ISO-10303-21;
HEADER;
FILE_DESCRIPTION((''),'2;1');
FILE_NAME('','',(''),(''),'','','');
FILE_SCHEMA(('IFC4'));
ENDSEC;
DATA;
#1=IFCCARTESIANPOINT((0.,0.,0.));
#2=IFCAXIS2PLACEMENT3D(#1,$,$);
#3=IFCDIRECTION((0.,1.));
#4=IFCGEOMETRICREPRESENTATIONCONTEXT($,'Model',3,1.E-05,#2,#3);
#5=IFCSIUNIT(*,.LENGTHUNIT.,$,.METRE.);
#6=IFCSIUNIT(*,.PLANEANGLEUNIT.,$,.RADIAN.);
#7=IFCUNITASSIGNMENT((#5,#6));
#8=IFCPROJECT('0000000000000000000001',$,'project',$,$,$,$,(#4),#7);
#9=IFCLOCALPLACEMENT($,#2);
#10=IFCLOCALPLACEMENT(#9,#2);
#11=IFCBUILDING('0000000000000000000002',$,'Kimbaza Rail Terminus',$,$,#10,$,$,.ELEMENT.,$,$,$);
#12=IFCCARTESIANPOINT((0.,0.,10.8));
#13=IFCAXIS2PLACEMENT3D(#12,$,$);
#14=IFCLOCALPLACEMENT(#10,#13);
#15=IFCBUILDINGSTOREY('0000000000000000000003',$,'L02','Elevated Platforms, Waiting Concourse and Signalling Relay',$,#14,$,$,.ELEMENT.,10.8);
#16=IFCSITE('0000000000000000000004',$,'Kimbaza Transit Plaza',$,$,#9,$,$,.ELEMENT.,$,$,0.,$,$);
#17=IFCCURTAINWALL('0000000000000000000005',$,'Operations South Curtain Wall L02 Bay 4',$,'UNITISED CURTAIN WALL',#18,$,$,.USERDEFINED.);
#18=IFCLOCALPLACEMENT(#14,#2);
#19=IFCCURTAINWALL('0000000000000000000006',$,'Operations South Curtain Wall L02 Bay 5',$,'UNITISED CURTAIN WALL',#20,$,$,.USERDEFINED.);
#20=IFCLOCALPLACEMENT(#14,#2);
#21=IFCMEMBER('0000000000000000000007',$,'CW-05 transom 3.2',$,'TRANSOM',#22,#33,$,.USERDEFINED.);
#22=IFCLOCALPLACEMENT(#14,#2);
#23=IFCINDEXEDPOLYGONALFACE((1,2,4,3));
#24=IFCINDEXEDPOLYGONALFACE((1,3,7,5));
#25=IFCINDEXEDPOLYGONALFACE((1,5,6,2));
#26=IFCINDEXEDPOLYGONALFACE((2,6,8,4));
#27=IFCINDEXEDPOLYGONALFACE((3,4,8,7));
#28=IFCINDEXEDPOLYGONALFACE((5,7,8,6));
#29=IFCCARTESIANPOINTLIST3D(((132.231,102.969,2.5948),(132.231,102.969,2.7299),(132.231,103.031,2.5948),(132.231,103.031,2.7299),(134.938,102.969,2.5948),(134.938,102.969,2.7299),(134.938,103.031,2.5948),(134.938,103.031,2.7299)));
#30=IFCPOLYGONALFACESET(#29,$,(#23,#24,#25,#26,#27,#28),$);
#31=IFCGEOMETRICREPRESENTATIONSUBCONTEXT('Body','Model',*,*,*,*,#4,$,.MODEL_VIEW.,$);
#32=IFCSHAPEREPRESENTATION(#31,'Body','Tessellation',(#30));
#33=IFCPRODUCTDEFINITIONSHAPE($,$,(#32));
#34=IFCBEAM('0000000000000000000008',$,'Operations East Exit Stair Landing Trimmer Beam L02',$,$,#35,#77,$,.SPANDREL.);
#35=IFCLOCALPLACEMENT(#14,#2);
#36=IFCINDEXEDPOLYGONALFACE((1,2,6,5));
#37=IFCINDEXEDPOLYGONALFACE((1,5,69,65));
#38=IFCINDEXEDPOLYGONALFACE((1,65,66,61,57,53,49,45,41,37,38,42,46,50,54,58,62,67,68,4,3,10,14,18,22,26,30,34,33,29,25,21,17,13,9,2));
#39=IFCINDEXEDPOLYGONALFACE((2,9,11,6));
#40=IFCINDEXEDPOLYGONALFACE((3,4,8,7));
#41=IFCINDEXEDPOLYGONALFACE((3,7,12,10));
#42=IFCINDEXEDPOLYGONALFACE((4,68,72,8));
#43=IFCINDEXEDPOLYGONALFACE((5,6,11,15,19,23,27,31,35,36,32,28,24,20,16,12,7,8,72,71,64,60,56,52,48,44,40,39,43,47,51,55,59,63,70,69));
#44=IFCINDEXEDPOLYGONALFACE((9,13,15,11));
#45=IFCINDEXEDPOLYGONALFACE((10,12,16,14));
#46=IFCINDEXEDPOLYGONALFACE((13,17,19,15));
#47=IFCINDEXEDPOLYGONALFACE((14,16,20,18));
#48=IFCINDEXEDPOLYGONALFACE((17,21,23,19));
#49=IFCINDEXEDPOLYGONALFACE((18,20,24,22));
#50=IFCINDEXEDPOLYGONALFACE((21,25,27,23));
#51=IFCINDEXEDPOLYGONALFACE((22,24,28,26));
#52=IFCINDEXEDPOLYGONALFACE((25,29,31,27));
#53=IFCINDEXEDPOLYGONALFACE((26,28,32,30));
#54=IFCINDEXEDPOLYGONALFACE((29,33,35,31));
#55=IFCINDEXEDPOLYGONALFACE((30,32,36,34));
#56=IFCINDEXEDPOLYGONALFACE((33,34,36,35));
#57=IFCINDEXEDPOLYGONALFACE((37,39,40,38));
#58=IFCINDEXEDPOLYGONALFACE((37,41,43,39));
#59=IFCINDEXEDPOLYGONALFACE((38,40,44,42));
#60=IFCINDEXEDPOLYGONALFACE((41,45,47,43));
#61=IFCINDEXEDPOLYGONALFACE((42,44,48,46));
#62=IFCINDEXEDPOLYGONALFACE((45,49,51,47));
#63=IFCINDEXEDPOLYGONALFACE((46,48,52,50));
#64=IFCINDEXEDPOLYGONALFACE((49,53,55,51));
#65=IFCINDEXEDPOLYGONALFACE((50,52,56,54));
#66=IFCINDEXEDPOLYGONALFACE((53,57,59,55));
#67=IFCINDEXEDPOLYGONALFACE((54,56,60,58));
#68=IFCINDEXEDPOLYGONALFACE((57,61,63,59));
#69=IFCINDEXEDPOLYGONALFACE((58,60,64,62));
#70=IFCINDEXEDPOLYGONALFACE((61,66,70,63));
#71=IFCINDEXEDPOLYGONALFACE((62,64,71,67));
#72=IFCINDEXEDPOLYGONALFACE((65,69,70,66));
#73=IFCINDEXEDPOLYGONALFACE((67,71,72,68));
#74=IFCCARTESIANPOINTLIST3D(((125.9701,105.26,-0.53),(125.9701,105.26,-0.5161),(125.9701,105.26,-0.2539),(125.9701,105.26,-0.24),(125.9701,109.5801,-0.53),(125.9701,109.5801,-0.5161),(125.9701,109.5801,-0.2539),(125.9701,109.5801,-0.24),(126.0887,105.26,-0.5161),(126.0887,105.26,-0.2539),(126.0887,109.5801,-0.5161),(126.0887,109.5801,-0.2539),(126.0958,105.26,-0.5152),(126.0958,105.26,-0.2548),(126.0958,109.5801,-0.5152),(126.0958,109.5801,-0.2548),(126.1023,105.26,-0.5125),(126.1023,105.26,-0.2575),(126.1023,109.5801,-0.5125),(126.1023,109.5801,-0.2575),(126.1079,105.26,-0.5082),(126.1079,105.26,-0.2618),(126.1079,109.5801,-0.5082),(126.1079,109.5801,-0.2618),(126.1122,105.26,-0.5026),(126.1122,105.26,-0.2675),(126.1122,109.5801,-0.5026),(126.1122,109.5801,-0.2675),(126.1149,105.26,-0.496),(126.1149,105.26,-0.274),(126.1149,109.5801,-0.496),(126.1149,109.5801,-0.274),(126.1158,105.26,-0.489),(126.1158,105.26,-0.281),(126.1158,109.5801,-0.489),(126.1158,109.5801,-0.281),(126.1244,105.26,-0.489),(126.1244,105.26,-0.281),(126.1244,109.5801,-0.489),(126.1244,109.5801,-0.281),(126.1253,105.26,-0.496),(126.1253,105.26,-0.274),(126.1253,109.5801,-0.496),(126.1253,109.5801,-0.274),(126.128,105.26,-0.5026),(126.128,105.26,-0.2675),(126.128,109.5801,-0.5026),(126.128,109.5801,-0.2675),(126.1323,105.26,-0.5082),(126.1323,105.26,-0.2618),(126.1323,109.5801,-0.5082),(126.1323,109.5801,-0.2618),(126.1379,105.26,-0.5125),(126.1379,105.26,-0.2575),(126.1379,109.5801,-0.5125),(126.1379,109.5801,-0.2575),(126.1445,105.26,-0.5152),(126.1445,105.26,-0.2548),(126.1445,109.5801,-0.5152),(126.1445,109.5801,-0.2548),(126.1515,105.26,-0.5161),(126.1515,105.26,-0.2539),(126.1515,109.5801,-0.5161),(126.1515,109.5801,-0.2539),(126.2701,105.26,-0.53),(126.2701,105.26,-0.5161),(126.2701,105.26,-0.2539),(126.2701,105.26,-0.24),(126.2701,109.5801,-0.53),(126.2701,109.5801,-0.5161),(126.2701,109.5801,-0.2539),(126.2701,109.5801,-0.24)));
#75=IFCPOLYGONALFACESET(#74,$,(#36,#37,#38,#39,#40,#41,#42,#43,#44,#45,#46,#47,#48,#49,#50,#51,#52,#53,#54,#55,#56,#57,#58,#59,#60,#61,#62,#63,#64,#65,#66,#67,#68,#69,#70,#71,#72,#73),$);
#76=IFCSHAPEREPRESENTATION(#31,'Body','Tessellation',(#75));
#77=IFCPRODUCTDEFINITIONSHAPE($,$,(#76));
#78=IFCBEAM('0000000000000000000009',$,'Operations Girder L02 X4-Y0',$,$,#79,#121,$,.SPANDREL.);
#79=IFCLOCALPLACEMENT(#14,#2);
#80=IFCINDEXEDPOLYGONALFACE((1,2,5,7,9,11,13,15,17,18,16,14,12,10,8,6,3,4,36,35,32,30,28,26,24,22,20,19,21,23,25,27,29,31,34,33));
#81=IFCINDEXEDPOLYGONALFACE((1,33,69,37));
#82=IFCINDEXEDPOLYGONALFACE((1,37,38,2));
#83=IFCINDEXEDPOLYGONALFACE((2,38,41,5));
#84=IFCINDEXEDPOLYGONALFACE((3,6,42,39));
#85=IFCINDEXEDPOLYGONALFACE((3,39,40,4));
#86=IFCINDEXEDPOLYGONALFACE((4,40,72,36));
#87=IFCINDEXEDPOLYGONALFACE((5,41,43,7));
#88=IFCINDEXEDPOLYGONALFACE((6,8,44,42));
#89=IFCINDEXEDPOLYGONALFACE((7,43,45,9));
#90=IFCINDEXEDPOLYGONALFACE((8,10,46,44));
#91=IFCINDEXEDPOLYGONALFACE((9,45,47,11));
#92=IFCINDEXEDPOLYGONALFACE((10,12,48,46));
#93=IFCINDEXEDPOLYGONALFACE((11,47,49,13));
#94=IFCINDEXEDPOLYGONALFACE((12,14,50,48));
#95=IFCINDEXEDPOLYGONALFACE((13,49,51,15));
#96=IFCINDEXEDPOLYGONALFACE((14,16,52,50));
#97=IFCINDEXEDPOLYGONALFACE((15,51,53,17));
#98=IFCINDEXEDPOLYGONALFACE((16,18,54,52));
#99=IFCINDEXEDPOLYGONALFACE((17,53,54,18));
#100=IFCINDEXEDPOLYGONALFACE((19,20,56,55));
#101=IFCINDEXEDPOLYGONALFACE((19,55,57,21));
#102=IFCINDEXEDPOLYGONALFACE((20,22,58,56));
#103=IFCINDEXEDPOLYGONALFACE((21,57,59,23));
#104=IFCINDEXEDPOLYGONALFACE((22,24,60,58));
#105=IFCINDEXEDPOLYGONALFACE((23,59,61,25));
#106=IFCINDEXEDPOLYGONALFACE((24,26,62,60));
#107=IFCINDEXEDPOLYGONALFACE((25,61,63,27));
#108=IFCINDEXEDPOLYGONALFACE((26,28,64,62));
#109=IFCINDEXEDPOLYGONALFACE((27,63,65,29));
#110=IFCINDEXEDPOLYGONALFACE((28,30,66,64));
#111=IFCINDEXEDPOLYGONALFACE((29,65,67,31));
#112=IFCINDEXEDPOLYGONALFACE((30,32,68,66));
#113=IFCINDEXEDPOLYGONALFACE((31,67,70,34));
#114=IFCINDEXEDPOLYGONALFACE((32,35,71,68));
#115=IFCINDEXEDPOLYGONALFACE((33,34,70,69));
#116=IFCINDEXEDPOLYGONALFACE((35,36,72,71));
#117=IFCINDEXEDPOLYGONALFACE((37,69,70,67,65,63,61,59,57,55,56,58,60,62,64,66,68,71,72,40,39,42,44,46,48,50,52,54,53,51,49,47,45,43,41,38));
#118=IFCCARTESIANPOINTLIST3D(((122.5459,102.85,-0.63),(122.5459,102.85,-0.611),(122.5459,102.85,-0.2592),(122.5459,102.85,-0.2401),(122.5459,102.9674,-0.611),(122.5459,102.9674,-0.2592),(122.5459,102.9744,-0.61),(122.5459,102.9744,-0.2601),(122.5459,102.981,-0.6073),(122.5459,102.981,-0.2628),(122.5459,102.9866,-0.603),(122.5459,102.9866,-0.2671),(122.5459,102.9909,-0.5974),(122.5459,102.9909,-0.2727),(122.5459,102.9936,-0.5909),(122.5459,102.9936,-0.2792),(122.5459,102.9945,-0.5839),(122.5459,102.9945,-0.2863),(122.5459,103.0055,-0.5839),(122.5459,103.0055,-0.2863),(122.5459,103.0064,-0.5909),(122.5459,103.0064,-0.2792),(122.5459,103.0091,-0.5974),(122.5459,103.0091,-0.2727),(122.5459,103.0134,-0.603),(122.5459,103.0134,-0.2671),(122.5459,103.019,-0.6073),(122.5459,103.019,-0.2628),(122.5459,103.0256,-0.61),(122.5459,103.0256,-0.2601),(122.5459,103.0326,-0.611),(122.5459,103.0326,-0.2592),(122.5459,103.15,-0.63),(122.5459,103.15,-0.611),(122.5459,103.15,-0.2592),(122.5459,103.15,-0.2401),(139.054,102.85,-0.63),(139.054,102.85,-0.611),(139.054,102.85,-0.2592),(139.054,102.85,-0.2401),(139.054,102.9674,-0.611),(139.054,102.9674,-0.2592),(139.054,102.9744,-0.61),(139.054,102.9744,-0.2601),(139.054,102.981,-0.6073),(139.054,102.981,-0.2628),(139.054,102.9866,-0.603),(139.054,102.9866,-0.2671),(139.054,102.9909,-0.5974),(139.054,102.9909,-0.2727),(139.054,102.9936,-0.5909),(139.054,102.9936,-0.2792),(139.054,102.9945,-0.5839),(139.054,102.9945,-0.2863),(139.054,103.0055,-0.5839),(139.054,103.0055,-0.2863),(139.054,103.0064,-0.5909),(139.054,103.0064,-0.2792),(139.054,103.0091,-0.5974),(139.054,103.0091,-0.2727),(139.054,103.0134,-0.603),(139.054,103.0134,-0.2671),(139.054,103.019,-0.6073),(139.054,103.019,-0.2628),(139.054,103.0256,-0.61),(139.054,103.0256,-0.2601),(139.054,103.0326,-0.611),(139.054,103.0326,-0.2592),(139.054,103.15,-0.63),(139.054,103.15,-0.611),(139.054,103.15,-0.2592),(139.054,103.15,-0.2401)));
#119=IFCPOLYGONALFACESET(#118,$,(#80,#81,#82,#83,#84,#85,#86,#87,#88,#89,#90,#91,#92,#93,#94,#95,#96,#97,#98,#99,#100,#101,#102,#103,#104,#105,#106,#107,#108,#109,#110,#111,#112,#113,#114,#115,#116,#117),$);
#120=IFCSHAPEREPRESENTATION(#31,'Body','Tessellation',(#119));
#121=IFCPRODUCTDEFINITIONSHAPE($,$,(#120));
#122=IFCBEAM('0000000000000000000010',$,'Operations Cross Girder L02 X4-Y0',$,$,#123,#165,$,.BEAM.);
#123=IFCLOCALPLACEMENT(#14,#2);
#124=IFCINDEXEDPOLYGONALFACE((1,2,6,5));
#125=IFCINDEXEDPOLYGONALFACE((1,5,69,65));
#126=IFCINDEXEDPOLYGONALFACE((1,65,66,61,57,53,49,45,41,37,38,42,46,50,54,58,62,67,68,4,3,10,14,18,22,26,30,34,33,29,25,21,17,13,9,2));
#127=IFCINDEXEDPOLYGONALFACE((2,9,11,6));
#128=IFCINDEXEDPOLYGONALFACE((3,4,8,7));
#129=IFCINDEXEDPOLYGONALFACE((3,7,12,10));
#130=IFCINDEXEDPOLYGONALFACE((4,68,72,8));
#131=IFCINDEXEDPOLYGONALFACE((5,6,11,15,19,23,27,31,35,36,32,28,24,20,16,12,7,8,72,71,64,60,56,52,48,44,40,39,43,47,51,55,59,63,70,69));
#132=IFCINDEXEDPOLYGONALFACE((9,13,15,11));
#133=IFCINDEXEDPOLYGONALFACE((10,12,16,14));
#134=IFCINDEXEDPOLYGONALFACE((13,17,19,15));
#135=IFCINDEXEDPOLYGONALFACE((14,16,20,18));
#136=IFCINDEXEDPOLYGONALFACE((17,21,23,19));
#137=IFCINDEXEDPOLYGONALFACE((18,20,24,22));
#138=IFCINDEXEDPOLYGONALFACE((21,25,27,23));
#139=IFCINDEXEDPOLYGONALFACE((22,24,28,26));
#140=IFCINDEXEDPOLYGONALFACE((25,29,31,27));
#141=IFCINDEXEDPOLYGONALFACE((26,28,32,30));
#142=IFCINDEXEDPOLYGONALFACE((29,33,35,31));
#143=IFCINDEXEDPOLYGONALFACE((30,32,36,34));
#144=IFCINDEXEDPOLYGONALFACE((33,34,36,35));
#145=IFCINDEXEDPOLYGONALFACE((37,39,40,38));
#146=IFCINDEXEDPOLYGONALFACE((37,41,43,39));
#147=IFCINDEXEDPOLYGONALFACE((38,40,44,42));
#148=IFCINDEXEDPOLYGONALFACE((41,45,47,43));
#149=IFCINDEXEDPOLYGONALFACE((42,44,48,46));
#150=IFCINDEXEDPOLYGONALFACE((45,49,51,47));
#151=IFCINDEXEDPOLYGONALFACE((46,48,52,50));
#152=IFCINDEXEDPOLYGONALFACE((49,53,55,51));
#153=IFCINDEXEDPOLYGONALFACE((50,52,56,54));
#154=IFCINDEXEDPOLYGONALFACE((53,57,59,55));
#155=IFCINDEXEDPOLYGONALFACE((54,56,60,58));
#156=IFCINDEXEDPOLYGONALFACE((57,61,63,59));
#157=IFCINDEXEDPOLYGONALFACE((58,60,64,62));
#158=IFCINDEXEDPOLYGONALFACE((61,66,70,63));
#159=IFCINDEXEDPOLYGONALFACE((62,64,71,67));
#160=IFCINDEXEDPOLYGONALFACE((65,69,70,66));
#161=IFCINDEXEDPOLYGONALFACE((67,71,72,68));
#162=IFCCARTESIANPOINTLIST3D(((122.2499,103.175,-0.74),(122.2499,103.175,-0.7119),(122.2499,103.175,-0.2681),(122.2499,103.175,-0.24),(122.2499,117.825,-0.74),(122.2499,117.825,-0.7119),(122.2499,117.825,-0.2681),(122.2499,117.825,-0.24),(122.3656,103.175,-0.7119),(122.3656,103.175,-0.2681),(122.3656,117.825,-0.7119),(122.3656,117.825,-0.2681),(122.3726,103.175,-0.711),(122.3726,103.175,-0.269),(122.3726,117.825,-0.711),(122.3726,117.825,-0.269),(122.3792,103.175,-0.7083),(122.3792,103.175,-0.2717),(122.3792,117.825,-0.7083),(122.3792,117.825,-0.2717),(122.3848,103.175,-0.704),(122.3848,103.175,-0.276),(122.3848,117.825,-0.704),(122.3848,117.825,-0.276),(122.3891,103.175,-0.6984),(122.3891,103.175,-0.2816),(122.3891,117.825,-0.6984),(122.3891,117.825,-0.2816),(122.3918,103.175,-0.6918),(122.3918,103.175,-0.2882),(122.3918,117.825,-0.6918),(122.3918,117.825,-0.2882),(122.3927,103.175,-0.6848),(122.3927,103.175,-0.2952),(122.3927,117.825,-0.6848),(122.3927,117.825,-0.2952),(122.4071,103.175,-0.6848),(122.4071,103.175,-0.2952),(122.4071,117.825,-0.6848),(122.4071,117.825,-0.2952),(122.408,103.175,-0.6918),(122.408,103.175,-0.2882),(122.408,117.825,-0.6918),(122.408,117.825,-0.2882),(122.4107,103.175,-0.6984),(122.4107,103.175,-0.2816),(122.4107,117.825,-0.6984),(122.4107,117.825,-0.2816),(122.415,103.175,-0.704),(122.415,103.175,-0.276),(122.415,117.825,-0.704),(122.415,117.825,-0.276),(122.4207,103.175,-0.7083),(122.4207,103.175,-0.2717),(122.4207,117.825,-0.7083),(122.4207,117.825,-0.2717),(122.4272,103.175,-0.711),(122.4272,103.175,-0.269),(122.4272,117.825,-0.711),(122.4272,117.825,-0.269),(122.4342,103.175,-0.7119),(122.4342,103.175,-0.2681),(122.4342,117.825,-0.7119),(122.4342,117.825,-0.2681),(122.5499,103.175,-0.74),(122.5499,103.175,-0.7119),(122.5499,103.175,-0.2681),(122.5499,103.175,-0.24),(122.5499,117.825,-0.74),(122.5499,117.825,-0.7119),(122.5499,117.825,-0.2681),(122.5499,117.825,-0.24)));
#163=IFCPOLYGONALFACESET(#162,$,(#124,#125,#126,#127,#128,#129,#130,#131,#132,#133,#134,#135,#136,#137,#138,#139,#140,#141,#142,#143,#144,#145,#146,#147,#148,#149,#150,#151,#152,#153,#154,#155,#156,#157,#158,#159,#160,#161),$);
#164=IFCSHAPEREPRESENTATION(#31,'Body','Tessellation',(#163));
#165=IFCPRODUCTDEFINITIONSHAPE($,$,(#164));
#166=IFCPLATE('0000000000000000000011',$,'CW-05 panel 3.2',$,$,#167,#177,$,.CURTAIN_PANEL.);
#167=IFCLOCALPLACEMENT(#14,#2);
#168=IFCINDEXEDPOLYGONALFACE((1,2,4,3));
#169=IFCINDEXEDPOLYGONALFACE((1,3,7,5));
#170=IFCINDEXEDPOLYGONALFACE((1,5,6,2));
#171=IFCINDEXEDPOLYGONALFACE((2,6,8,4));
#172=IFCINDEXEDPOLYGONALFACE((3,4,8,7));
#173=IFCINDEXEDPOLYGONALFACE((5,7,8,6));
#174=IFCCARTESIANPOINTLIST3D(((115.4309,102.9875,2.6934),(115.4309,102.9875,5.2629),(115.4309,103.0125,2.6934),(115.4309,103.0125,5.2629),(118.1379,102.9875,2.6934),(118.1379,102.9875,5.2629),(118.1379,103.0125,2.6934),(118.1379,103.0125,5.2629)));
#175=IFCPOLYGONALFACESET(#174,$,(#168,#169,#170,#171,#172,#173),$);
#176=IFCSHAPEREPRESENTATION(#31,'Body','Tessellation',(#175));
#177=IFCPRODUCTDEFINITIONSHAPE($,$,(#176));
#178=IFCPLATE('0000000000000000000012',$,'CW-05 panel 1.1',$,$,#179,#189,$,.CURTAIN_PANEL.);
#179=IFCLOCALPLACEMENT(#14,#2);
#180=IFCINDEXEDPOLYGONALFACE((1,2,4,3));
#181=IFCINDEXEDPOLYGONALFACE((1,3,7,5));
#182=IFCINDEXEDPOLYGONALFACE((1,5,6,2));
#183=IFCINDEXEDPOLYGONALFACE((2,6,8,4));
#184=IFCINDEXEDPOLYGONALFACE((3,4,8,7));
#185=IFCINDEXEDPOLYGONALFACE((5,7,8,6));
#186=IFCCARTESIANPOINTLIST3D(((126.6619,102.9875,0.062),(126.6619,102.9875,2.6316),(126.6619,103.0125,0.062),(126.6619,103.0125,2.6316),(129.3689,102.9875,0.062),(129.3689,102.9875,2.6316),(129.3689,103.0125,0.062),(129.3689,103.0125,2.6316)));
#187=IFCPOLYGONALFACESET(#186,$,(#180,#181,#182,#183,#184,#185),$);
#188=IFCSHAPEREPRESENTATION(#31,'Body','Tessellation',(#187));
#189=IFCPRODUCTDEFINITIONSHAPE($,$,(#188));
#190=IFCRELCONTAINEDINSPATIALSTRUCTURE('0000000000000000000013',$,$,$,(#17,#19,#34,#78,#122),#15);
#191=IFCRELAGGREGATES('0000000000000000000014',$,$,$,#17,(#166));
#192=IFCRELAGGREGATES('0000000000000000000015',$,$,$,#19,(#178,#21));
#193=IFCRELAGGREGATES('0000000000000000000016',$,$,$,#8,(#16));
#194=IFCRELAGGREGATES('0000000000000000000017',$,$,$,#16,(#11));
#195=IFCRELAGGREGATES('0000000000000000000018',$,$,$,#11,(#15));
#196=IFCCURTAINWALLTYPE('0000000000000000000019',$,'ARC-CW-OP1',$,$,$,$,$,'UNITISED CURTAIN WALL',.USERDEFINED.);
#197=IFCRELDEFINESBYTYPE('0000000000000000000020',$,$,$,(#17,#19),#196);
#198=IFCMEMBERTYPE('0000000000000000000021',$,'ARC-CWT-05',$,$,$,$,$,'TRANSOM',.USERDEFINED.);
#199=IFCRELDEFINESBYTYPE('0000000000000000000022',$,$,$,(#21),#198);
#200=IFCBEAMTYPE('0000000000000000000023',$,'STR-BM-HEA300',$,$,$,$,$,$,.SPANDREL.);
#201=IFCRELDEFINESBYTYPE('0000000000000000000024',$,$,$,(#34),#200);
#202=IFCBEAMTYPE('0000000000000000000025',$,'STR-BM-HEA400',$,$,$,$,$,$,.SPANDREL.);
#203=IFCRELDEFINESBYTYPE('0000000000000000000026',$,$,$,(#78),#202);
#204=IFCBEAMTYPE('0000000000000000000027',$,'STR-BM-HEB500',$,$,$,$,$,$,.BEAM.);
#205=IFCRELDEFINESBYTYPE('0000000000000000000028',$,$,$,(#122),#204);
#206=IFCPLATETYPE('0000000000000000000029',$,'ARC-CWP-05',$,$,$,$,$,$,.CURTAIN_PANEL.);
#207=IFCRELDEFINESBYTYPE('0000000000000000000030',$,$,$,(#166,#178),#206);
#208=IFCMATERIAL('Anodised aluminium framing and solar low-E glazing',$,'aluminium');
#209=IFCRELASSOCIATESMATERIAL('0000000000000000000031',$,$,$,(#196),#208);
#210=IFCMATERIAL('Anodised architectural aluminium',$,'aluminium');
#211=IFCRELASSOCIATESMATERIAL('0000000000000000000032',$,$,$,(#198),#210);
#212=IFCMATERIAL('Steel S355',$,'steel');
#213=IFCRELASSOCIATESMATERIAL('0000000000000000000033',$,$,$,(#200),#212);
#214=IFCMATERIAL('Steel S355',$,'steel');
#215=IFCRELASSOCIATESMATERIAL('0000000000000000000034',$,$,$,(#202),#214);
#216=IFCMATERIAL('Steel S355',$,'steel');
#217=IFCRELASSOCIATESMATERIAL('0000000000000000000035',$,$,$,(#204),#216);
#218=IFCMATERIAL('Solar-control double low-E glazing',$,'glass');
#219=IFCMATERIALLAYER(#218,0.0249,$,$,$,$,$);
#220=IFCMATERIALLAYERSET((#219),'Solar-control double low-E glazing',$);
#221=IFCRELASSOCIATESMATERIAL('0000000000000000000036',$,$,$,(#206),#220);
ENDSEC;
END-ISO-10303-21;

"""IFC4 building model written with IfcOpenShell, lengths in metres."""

from ifc_helpers import new_model, si_unit, direction, frame, origin, origin_2d, place, context, subcontext, project, spatial, rectangle, i_section, extrude, material, layer, layer_set, material_profile, profile_set, type_object, element, aggregate, save


model = new_model("IFC4")

# Units and contexts
model_context = context("Model", 3, precision=1e-05, world=origin(), true_north=direction((0.0, 1.0)))
body_context = subcontext(model_context, "Body", "Model", "MODEL_VIEW")
ifc_project = project(units=[si_unit("LENGTHUNIT", "METRE"), si_unit("PLANEANGLEUNIT", "RADIAN")], contexts=[model_context])

# Site, building, storey
site_placement = place(None, origin())
site = spatial("IfcSite", under=ifc_project, at=site_placement, Name="Kimbaza Transit Plaza", CompositionType="ELEMENT", RefElevation=0.0)
building_placement = place(site_placement, origin())
building = spatial("IfcBuilding", under=site, at=building_placement, Name="Kimbaza Rail Terminus", CompositionType="ELEMENT")
storey_placement = place(building_placement, frame((0.0, 0.0, 10.8)))
storey = spatial("IfcBuildingStorey", under=building, at=storey_placement, Name="L02", Description="Elevated Platforms, Waiting Concourse and Signalling Relay", CompositionType="ELEMENT", Elevation=10.8)

# Curtain wall
ifc_material_1 = material(Name="Anodised aluminium framing and solar low-E glazing", Category="aluminium")
curtain_wall_type = type_object("IfcCurtainWallType", Name="ARC-CW-OP1", ElementType="UNITISED CURTAIN WALL", PredefinedType="USERDEFINED", material=ifc_material_1)
curtain_wall_1_placement = place(storey_placement, origin())
curtain_wall_1 = element("IfcCurtainWall", 1, at=curtain_wall_1_placement, inside=storey, type_object=curtain_wall_type, Name="Operations South Curtain Wall L02 Bay 4", ObjectType="UNITISED CURTAIN WALL", PredefinedType="USERDEFINED")

# Curtain wall, member
curtain_wall_2_placement = place(storey_placement, origin())
curtain_wall_2 = element("IfcCurtainWall", 2, at=curtain_wall_2_placement, inside=storey, type_object=curtain_wall_type, Name="Operations South Curtain Wall L02 Bay 5", ObjectType="UNITISED CURTAIN WALL", PredefinedType="USERDEFINED")
ifc_material_2 = material(Name="Anodised architectural aluminium", Category="aluminium")
ifc_material_profile_1 = material_profile(ifc_material_2, rectangle(XDim=0.062, YDim=0.135, at=origin_2d()), Name="TRANSOM 62x135")
ifc_profile_set_1 = profile_set([ifc_material_profile_1], Name="Anodised architectural aluminium")
member_type_1 = type_object("IfcMemberType", Name="ARC-CWT-05", ElementType="TRANSOM", PredefinedType="USERDEFINED", material=ifc_profile_set_1)
member_1_placement = place(storey_placement, frame((132.231, 103.0, 2.6624), z_axis=(1.0, 0.0, 0.0), x_axis=(0.0, 1.0, 0.0)))
member_1 = element("IfcMember", 3, at=member_1_placement, type_object=member_type_1, Name="CW-05 transom 3.2", ObjectType="TRANSOM", PredefinedType="USERDEFINED", context=body_context, shape_type="SweptSolid", body=[
    extrude(rectangle(XDim=0.062, YDim=0.135, at=origin_2d()), origin(), (0.0, 0.0, 1.0), 2.707),
])

# Beams
ifc_material_3 = material(Name="Steel S355", Category="steel")
ifc_material_profile_2 = material_profile(ifc_material_3, i_section(OverallWidth=0.3, OverallDepth=0.29, WebThickness=0.0085, FlangeThickness=0.0139, FilletRadius=0.0271, at=origin_2d()), Name="HEA 300")
ifc_profile_set_2 = profile_set([ifc_material_profile_2], Name="Steel S355")
beam_type_1 = type_object("IfcBeamType", Name="STR-BM-HEA300", PredefinedType="SPANDREL", material=ifc_profile_set_2)
beam_1_placement = place(storey_placement, frame((126.1201, 105.26, -0.385), z_axis=(0.0, 1.0, 0.0), x_axis=(-1.0, 0.0, 0.0)))
element("IfcBeam", 4, at=beam_1_placement, inside=storey, type_object=beam_type_1, Name="Operations East Exit Stair Landing Trimmer Beam L02", PredefinedType="SPANDREL", context=body_context, shape_type="SweptSolid", body=[
    extrude(i_section(OverallWidth=0.3, OverallDepth=0.29, WebThickness=0.0085, FlangeThickness=0.0139, FilletRadius=0.0271, at=origin_2d()), origin(), (0.0, 0.0, 1.0), 4.3201),
])
ifc_material_4 = material(Name="Steel S355", Category="steel")
ifc_material_profile_3 = material_profile(ifc_material_4, i_section(OverallWidth=0.3, OverallDepth=0.3899, WebThickness=0.011, FlangeThickness=0.019, FilletRadius=0.0271, at=origin_2d()), Name="HEA 400")
ifc_profile_set_3 = profile_set([ifc_material_profile_3], Name="Steel S355")
beam_type_2 = type_object("IfcBeamType", Name="STR-BM-HEA400", PredefinedType="SPANDREL", material=ifc_profile_set_3)
beam_2_placement = place(storey_placement, frame((122.5459, 103.0, -0.4351), z_axis=(1.0, 0.0, 0.0), x_axis=(0.0, 1.0, 0.0)))
element("IfcBeam", 5, at=beam_2_placement, inside=storey, type_object=beam_type_2, Name="Operations Girder L02 X4-Y0", PredefinedType="SPANDREL", context=body_context, shape_type="SweptSolid", body=[
    extrude(i_section(OverallWidth=0.3, OverallDepth=0.3899, WebThickness=0.011, FlangeThickness=0.019, FilletRadius=0.0271, at=origin_2d()), origin(), (0.0, 0.0, 1.0), 16.5081),
])
ifc_material_5 = material(Name="Steel S355", Category="steel")
ifc_material_profile_4 = material_profile(ifc_material_5, i_section(OverallWidth=0.3, OverallDepth=0.5, WebThickness=0.0144, FlangeThickness=0.0281, FilletRadius=0.0271, at=origin_2d()), Name="HEB 500")
ifc_profile_set_4 = profile_set([ifc_material_profile_4], Name="Steel S355")
beam_type_3 = type_object("IfcBeamType", Name="STR-BM-HEB500", PredefinedType="BEAM", material=ifc_profile_set_4)
beam_3_placement = place(storey_placement, frame((122.3999, 103.175, -0.49), z_axis=(0.0, 1.0, 0.0), x_axis=(-1.0, 0.0, 0.0)))
element("IfcBeam", 6, at=beam_3_placement, inside=storey, type_object=beam_type_3, Name="Operations Cross Girder L02 X4-Y0", PredefinedType="BEAM", context=body_context, shape_type="SweptSolid", body=[
    extrude(i_section(OverallWidth=0.3, OverallDepth=0.5, WebThickness=0.0144, FlangeThickness=0.0281, FilletRadius=0.0271, at=origin_2d()), origin(), (0.0, 0.0, 1.0), 14.6499),
])

# Plates
ifc_material_6 = material(Name="Solar-control double low-E glazing", Category="glass")
ifc_layer_1 = layer(ifc_material_6, 0.0249)
ifc_layer_set_1 = layer_set([ifc_layer_1], Name="Solar-control double low-E glazing")
plate_type = type_object("IfcPlateType", Name="ARC-CWP-05", PredefinedType="CURTAIN_PANEL", material=ifc_layer_set_1)
plate_1_placement = place(storey_placement, frame((116.7844, 103.0, 2.6934), z_axis=(0.0, 0.0, 1.0), x_axis=(1.0, 0.0, 0.0)))
plate_1 = element("IfcPlate", 7, at=plate_1_placement, type_object=plate_type, Name="CW-05 panel 3.2", PredefinedType="CURTAIN_PANEL", context=body_context, shape_type="SweptSolid", body=[
    extrude(rectangle(XDim=2.707, YDim=0.0249, at=origin_2d()), origin(), (0.0, 0.0, 1.0), 2.5696),
])
aggregate(curtain_wall_1, [plate_1])
plate_2_placement = place(storey_placement, frame((128.0154, 103.0, 0.062), z_axis=(0.0, 0.0, 1.0), x_axis=(1.0, 0.0, 0.0)))
plate_2 = element("IfcPlate", 8, at=plate_2_placement, type_object=plate_type, Name="CW-05 panel 1.1", PredefinedType="CURTAIN_PANEL", context=body_context, shape_type="SweptSolid", body=[
    extrude(rectangle(XDim=2.707, YDim=0.0249, at=origin_2d()), origin(), (0.0, 0.0, 1.0), 2.5696),
])
aggregate(curtain_wall_2, [plate_2, member_1])

save(model, "model.ifc")
